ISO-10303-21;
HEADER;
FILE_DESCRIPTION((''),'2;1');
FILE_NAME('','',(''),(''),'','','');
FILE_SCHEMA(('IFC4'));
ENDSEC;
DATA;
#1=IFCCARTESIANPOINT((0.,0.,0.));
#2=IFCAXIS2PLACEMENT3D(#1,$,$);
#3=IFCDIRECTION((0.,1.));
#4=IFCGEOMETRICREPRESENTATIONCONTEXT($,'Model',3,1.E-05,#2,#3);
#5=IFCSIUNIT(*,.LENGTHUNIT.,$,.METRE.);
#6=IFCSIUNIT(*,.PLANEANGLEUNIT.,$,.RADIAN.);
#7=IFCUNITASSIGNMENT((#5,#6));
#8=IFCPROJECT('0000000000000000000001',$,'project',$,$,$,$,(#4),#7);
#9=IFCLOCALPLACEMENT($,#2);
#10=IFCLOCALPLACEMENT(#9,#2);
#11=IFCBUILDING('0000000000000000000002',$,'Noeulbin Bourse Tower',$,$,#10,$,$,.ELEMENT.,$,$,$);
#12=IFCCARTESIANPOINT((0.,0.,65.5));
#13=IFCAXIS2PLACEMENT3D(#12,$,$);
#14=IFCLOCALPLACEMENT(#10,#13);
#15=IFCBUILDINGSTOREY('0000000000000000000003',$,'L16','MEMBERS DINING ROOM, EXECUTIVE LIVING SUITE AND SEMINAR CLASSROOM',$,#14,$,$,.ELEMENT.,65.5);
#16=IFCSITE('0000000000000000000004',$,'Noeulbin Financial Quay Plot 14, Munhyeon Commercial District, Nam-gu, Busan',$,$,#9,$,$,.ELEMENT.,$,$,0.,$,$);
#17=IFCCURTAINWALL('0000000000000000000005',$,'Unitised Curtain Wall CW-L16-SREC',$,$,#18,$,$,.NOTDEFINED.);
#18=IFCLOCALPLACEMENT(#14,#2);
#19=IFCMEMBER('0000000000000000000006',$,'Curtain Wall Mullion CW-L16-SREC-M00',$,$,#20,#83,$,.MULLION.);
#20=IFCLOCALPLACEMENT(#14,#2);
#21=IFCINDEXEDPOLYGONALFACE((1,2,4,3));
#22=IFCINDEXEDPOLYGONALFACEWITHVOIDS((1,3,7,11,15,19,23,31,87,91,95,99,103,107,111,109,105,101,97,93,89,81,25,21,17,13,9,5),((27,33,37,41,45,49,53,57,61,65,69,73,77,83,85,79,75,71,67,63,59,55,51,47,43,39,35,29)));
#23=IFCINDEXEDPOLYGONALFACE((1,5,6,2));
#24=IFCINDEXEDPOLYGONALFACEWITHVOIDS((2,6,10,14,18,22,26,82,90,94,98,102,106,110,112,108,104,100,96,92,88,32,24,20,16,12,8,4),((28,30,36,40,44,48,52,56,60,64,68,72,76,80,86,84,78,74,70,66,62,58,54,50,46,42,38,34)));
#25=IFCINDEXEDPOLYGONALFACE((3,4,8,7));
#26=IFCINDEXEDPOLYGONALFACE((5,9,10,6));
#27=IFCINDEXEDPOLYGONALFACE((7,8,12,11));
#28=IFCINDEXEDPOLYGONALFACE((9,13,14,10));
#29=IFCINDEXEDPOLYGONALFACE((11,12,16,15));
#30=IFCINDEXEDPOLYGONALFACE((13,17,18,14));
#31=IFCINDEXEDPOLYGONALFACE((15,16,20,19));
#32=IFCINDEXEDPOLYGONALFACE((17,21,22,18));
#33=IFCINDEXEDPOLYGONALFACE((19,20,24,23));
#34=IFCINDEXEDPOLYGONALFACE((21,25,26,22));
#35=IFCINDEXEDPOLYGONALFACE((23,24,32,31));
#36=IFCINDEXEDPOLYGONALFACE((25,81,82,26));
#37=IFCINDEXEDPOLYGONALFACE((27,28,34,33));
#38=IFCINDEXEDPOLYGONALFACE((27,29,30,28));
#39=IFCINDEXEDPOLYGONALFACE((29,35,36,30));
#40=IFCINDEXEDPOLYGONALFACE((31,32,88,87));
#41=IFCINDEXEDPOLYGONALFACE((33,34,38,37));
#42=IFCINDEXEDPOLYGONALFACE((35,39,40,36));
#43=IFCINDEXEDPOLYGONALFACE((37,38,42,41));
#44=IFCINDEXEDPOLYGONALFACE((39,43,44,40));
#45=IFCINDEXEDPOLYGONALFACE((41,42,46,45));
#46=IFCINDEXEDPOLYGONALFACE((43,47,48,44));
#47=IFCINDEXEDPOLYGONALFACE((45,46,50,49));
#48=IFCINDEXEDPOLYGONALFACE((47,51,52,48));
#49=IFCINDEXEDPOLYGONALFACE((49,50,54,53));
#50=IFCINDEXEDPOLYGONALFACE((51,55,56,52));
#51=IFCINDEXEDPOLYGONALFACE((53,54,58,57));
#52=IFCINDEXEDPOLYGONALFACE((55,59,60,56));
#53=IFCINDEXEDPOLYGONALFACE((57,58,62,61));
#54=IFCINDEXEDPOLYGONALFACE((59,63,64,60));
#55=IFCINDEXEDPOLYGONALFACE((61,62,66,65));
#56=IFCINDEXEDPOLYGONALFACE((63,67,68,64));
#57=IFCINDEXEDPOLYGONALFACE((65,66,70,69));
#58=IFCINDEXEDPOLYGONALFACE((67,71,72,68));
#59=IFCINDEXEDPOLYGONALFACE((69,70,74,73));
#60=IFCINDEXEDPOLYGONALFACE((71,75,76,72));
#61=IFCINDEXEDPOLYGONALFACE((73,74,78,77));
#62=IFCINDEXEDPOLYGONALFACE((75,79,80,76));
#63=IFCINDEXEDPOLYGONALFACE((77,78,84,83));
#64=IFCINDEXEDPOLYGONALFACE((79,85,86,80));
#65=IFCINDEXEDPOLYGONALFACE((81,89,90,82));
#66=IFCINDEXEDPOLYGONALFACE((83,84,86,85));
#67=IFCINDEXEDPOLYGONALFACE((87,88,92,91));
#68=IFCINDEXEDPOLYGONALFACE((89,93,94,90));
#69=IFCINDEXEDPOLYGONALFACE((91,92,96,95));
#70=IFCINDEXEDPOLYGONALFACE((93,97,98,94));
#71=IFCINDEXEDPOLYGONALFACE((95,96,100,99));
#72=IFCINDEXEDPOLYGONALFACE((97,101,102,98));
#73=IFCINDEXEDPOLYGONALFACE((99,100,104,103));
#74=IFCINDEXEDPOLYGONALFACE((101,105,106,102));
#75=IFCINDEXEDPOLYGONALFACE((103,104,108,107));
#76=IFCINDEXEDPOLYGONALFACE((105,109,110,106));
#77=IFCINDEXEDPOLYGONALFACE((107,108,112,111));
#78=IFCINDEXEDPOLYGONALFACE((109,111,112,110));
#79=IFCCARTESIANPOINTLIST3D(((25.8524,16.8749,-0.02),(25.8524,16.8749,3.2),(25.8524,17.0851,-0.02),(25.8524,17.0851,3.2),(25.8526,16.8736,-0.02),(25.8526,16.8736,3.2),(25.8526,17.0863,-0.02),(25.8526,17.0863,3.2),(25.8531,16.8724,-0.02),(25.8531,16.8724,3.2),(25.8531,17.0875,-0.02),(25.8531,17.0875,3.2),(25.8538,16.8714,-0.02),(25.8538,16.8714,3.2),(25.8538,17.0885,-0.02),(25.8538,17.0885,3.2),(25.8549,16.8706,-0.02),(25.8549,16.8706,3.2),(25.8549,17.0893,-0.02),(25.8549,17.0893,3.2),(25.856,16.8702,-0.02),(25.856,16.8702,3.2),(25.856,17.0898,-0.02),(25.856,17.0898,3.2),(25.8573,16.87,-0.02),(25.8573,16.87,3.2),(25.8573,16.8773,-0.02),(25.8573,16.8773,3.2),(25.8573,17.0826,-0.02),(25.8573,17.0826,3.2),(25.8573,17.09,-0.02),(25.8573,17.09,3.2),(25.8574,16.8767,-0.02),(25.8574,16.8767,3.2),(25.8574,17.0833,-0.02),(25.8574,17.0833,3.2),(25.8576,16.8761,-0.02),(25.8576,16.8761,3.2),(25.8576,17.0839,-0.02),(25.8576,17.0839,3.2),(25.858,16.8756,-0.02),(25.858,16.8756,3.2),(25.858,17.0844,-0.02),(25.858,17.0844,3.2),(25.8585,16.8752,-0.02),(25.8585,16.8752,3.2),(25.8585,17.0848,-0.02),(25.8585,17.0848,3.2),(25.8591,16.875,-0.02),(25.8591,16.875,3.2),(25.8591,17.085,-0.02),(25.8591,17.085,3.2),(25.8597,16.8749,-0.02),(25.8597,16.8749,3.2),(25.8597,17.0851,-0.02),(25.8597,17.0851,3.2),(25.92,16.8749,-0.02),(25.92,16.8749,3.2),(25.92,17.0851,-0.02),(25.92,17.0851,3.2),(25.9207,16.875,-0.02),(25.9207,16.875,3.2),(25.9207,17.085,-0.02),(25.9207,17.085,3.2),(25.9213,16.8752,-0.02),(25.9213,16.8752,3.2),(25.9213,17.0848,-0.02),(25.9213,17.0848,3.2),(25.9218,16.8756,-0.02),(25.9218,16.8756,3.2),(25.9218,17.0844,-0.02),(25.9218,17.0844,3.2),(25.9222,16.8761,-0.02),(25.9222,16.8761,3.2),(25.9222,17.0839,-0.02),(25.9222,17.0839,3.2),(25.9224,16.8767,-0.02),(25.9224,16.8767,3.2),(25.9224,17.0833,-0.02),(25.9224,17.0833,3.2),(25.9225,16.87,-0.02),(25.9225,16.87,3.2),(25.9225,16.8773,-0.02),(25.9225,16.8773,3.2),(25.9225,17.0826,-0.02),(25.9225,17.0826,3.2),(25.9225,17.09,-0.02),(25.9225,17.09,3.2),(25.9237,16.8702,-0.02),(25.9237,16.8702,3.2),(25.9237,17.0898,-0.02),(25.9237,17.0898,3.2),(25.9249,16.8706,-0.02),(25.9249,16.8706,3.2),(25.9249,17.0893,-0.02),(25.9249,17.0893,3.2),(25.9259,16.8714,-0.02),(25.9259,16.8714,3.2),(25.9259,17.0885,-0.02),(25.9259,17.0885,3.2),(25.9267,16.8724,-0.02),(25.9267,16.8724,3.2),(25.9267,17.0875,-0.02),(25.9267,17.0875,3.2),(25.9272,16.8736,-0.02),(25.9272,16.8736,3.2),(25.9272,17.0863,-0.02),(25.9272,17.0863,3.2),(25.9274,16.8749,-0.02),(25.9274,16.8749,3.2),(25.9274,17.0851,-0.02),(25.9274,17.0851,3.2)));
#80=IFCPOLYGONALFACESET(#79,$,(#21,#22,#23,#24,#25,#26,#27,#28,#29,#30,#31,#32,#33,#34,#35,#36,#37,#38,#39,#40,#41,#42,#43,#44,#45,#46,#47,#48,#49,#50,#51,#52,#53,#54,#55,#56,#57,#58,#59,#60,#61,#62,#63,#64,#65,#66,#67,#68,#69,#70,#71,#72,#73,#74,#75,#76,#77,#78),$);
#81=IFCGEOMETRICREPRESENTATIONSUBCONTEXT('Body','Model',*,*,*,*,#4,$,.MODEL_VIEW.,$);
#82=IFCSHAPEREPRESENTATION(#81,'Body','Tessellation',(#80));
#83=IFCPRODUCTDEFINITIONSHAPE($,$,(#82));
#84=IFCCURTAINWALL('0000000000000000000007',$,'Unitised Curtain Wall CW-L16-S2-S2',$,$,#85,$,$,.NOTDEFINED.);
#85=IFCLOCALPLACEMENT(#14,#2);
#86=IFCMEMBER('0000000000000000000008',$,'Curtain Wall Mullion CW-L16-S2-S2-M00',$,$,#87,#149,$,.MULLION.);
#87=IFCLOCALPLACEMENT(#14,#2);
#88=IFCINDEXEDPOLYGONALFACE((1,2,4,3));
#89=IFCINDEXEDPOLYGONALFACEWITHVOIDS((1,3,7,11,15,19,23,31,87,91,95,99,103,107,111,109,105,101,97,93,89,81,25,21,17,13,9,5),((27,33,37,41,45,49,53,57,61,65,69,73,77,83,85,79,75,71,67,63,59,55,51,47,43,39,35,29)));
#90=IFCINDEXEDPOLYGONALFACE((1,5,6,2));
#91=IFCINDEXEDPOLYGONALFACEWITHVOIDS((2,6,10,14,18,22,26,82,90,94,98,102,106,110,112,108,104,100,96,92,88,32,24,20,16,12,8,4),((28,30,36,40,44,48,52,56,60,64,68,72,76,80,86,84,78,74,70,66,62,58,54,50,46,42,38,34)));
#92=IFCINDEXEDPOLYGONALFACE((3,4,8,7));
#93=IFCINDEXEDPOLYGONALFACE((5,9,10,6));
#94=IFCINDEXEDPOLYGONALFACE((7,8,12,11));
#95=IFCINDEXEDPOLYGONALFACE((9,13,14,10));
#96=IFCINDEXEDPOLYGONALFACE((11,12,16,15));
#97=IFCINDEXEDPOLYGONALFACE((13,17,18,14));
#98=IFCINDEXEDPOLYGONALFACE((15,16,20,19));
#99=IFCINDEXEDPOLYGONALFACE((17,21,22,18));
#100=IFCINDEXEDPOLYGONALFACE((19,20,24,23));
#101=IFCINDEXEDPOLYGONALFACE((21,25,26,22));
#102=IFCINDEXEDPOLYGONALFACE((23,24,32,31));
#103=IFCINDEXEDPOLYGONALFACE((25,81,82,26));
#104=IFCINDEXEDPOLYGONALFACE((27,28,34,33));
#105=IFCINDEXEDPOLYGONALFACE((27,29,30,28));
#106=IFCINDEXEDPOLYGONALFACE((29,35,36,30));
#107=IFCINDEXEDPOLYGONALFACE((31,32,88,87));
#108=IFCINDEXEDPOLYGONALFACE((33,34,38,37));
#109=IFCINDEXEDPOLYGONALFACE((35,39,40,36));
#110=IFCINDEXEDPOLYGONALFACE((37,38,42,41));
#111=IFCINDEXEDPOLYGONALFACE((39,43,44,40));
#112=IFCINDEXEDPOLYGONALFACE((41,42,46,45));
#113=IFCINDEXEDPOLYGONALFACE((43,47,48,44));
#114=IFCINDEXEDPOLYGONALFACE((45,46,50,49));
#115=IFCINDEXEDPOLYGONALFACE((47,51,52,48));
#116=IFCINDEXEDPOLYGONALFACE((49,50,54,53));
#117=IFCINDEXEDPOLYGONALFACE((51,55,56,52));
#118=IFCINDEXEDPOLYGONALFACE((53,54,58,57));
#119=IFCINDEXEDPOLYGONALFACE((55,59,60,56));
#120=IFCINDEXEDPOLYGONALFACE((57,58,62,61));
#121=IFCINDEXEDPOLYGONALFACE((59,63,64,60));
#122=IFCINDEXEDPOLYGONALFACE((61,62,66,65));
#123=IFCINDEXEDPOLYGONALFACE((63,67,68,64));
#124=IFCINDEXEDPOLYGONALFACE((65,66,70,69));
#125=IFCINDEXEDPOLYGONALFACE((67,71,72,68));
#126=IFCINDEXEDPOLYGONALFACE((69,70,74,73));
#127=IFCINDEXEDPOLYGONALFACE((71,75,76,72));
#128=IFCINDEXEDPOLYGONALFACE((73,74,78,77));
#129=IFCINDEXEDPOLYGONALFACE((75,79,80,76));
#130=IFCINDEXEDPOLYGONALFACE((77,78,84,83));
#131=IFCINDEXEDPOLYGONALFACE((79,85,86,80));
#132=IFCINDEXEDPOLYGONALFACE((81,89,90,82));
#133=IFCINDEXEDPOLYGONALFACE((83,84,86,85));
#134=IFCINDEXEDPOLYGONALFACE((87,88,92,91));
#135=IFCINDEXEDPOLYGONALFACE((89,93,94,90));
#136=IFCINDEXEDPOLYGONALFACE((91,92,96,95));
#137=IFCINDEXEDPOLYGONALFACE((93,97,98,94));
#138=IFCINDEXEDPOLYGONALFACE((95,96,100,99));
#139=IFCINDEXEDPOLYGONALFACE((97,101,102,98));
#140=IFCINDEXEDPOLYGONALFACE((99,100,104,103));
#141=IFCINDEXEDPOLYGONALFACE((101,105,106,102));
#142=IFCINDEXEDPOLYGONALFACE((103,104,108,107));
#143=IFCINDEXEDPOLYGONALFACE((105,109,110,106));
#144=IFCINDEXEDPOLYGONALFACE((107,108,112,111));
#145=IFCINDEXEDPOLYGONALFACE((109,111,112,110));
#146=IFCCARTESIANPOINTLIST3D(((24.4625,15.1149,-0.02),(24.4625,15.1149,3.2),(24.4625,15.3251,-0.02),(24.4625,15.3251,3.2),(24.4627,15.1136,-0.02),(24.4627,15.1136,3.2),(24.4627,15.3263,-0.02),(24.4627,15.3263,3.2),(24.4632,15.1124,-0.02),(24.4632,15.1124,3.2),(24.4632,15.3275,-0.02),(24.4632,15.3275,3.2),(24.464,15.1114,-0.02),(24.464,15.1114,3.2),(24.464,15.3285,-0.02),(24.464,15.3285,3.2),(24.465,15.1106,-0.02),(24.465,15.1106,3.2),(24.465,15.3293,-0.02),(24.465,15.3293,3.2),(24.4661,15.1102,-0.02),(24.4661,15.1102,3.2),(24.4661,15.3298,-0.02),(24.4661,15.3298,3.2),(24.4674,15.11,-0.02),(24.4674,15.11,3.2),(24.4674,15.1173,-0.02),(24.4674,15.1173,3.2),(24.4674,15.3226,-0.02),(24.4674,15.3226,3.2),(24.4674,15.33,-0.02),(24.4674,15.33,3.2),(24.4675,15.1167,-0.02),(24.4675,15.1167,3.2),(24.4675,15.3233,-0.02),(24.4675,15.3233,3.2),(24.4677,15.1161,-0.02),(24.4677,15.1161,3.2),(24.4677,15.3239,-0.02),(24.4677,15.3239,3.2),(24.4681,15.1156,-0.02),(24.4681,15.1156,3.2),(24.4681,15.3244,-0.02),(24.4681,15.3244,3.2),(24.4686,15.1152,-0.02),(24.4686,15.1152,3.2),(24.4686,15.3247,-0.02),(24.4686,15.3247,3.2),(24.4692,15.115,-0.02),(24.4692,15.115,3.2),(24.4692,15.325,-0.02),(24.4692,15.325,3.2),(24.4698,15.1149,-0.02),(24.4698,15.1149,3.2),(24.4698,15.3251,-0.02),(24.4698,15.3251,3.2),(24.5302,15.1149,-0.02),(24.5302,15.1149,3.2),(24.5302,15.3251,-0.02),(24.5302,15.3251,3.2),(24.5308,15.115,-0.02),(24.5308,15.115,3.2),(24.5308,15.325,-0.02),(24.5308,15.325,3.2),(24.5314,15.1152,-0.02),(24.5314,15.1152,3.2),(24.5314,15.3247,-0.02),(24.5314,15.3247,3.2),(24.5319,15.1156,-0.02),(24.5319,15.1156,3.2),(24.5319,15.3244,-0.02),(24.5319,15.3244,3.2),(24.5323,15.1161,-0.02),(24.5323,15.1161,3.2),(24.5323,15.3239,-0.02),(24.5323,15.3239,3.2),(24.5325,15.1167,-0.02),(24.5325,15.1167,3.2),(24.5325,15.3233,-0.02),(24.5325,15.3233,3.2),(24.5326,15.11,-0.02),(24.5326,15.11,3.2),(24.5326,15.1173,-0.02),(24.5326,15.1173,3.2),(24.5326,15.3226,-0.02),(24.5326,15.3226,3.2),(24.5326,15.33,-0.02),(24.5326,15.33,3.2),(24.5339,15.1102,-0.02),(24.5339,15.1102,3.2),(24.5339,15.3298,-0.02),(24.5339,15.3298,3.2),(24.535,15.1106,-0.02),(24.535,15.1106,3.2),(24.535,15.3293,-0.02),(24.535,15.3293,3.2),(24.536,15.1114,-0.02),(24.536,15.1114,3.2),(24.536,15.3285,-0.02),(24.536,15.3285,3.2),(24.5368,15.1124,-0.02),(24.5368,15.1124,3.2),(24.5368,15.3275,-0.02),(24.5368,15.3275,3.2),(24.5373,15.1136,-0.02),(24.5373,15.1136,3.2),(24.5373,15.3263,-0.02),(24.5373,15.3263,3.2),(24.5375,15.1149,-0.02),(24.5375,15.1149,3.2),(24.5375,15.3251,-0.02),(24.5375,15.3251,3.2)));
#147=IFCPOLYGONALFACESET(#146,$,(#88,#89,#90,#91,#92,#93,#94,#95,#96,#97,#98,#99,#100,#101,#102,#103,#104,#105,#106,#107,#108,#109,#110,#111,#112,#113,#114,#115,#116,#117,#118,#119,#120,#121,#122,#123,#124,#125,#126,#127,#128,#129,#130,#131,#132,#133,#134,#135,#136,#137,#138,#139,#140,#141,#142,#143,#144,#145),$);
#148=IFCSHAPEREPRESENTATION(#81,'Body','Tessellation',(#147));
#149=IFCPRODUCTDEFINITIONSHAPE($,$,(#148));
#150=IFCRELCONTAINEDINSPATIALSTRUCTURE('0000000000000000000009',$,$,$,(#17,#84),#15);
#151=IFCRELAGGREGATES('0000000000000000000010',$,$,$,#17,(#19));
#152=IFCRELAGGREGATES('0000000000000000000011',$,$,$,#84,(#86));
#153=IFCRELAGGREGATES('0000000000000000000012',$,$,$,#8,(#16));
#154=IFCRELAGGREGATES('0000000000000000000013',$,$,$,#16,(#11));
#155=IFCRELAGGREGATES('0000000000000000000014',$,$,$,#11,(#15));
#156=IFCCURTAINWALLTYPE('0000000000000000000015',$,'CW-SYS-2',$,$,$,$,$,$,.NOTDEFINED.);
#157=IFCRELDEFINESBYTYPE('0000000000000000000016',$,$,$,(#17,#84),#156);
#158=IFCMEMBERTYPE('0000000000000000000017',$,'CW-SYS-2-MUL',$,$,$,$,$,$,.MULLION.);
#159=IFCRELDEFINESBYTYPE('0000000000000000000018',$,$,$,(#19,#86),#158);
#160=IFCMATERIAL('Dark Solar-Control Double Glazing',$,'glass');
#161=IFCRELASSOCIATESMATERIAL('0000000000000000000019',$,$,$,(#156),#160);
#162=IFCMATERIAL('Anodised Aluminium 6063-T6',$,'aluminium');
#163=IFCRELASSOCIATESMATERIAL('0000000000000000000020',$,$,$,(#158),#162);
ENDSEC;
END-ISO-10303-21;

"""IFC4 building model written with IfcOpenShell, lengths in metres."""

from ifc_helpers import new_model, si_unit, direction, frame, origin, origin_2d, place, context, subcontext, project, spatial, hollow_rectangle, extrude, material, material_profile, profile_set, type_object, element, aggregate, save


model = new_model("IFC4")

# Units and contexts
model_context = context("Model", 3, precision=1e-05, world=origin(), true_north=direction((0.0, 1.0)))
body_context = subcontext(model_context, "Body", "Model", "MODEL_VIEW")
ifc_project = project(units=[si_unit("LENGTHUNIT", "METRE"), si_unit("PLANEANGLEUNIT", "RADIAN")], contexts=[model_context])

# Site, building, storey
site_placement = place(None, origin())
site = spatial("IfcSite", under=ifc_project, at=site_placement, Name="Noeulbin Financial Quay Plot 14, Munhyeon Commercial District, Nam-gu, Busan", CompositionType="ELEMENT", RefElevation=0.0)
building_placement = place(site_placement, origin())
building = spatial("IfcBuilding", under=site, at=building_placement, Name="Noeulbin Bourse Tower", CompositionType="ELEMENT")
storey_placement = place(building_placement, frame((0.0, 0.0, 65.5)))
storey = spatial("IfcBuildingStorey", under=building, at=storey_placement, Name="L16", Description="MEMBERS DINING ROOM, EXECUTIVE LIVING SUITE AND SEMINAR CLASSROOM", CompositionType="ELEMENT", Elevation=65.5)

# Curtain wall, member
ifc_material_1 = material(Name="Dark Solar-Control Double Glazing", Category="glass")
curtain_wall_type = type_object("IfcCurtainWallType", Name="CW-SYS-2", PredefinedType="NOTDEFINED", material=ifc_material_1)
curtain_wall_1_placement = place(storey_placement, origin())
curtain_wall_1 = element("IfcCurtainWall", 1, at=curtain_wall_1_placement, inside=storey, type_object=curtain_wall_type, Name="Unitised Curtain Wall CW-L16-SREC", PredefinedType="NOTDEFINED")
ifc_material_2 = material(Name="Anodised Aluminium 6063-T6", Category="aluminium")
ifc_material_profile_1 = material_profile(ifc_material_2, hollow_rectangle(XDim=0.075, YDim=0.22, WallThickness=0.0049, InnerFilletRadius=0.0024, OuterFilletRadius=0.0049, at=origin_2d()), Name="ALU-MULL-75x220x5", Category="LoadBearing")
ifc_profile_set_1 = profile_set([ifc_material_profile_1], Name="Anodised Aluminium 6063-T6")
member_type_1 = type_object("IfcMemberType", Name="CW-SYS-2-MUL", PredefinedType="MULLION", material=ifc_profile_set_1)
member_1_placement = place(storey_placement, frame((25.8899, 16.98, -0.02), z_axis=(0.0, 0.0, 1.0), x_axis=(1.0, 0.0, 0.0)))
member_1 = element("IfcMember", 2, at=member_1_placement, type_object=member_type_1, Name="Curtain Wall Mullion CW-L16-SREC-M00", PredefinedType="MULLION", context=body_context, shape_type="SweptSolid", body=[
    extrude(hollow_rectangle(XDim=0.075, YDim=0.22, WallThickness=0.0049, InnerFilletRadius=0.0024, OuterFilletRadius=0.0049, at=origin_2d()), origin(), (0.0, 0.0, 1.0), 3.22),
])

# Curtain wall, member
curtain_wall_2_placement = place(storey_placement, origin())
curtain_wall_2 = element("IfcCurtainWall", 3, at=curtain_wall_2_placement, inside=storey, type_object=curtain_wall_type, Name="Unitised Curtain Wall CW-L16-S2-S2", PredefinedType="NOTDEFINED")
member_2_placement = place(storey_placement, frame((24.5, 15.22, -0.02), z_axis=(0.0, 0.0, 1.0), x_axis=(1.0, 0.0, 0.0)))
member_2 = element("IfcMember", 4, at=member_2_placement, type_object=member_type_1, Name="Curtain Wall Mullion CW-L16-S2-S2-M00", PredefinedType="MULLION", context=body_context, shape_type="SweptSolid", body=[
    extrude(hollow_rectangle(XDim=0.075, YDim=0.22, WallThickness=0.0049, InnerFilletRadius=0.0024, OuterFilletRadius=0.0049, at=origin_2d()), origin(), (0.0, 0.0, 1.0), 3.22),
])

aggregate(curtain_wall_1, [member_1])
aggregate(curtain_wall_2, [member_2])

save(model, "model.ifc")
